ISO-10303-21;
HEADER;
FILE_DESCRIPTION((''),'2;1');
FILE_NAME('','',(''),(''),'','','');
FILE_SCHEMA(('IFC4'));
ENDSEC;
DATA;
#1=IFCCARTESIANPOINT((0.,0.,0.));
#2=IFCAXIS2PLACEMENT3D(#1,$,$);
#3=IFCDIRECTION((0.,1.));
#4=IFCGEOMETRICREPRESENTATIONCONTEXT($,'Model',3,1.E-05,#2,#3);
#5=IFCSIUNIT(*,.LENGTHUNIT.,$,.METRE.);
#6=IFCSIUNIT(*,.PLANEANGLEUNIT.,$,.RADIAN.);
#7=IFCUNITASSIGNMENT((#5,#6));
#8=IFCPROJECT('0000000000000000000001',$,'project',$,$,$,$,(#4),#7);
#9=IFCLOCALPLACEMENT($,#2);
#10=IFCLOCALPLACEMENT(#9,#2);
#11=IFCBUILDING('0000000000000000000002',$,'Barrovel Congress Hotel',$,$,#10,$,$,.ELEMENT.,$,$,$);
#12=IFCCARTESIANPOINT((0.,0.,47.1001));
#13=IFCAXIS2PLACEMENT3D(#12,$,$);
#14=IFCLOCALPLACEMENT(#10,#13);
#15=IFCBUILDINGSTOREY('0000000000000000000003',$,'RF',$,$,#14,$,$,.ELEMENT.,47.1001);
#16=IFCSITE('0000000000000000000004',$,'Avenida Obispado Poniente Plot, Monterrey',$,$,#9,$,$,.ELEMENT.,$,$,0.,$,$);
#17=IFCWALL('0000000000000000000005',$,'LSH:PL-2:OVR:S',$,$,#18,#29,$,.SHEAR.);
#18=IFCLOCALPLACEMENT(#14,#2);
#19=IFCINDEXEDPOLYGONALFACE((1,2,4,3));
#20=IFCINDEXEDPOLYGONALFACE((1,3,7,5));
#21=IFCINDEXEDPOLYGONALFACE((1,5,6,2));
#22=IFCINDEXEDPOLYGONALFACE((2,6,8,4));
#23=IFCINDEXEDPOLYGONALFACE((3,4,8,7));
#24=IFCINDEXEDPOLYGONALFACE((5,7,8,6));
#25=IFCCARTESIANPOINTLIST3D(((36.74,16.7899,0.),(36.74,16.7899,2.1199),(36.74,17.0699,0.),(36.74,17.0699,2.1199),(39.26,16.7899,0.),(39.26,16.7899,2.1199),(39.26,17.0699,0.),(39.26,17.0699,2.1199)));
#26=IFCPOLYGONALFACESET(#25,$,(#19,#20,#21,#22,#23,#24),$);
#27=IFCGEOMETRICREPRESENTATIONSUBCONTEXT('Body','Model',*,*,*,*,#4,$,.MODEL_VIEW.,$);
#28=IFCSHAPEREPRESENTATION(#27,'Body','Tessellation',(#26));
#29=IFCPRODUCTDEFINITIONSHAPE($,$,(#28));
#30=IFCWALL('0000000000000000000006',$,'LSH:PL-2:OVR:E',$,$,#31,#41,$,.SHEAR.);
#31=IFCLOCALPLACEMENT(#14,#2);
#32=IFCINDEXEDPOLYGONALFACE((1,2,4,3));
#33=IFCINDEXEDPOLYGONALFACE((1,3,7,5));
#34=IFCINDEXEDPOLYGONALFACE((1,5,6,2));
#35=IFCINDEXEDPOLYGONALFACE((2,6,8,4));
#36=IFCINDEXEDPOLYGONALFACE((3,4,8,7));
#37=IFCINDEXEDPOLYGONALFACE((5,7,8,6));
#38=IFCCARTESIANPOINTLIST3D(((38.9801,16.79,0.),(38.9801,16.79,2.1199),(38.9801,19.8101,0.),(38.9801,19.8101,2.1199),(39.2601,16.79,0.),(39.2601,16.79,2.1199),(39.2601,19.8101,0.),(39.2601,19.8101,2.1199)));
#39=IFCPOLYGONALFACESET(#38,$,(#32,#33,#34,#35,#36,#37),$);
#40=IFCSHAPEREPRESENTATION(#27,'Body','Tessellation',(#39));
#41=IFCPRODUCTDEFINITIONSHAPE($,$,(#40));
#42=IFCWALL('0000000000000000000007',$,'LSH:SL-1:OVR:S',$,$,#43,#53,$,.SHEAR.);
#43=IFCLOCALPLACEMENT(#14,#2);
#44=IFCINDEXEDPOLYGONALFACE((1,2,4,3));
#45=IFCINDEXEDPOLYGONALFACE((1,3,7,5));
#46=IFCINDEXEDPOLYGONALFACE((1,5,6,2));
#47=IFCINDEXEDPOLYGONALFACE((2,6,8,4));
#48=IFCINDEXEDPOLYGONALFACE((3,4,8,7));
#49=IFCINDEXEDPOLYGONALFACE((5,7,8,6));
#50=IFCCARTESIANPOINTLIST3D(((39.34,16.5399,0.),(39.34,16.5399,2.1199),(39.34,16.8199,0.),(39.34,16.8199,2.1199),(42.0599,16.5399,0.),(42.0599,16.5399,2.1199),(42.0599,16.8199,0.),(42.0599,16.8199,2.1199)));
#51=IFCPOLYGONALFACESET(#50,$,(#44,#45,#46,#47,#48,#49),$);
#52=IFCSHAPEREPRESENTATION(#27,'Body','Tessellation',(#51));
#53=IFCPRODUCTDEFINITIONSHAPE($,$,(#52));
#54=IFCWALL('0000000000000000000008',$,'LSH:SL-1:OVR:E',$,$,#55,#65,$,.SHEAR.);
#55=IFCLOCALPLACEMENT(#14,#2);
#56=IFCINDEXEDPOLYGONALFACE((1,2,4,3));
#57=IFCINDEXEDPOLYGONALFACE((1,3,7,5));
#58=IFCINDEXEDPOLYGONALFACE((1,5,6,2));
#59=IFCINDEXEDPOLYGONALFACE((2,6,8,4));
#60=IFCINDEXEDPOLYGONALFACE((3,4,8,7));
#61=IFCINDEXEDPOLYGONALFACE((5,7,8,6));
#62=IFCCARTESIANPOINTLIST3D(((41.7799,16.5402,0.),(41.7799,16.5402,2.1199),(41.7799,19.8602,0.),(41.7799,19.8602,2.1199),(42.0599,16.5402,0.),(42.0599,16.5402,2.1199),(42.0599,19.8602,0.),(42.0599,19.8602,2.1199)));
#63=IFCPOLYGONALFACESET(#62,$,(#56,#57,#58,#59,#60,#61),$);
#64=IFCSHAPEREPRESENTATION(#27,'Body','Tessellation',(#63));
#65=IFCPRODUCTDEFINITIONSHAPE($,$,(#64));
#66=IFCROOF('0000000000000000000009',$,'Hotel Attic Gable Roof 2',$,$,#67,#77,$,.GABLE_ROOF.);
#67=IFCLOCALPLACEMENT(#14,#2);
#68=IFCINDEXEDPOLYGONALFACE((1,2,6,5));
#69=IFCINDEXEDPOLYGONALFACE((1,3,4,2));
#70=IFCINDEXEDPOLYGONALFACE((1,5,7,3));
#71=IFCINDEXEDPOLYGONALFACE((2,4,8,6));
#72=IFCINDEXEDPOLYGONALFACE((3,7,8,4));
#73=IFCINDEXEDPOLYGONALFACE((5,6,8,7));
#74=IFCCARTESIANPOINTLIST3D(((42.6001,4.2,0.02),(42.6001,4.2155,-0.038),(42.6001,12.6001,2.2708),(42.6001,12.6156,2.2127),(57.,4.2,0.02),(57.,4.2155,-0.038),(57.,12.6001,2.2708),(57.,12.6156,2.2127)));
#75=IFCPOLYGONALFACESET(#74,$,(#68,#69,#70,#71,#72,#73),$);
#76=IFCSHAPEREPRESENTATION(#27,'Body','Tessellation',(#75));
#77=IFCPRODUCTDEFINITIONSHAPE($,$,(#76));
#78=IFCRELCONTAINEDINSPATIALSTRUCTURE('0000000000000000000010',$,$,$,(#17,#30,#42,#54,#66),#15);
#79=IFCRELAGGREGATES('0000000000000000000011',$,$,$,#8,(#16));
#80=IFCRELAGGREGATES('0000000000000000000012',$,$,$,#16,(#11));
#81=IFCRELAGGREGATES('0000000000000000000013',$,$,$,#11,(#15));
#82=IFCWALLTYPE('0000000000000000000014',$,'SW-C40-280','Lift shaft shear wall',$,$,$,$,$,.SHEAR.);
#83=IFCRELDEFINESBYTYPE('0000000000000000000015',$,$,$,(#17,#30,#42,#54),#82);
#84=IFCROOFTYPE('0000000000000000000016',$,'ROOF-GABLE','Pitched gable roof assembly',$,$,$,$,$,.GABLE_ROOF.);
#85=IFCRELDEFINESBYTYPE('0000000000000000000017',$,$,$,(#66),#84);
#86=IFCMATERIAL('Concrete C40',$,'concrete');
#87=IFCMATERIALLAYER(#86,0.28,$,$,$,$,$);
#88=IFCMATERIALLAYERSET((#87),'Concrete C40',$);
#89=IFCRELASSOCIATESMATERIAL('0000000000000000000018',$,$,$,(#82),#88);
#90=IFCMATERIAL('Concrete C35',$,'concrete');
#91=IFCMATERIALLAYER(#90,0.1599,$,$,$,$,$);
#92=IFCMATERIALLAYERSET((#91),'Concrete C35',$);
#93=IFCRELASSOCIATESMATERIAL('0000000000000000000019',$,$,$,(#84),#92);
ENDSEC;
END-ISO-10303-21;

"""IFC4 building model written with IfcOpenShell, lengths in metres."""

from ifc_helpers import new_model, si_unit, direction, frame, frame_2d, origin, place, context, subcontext, project, spatial, polyline, rectangle, outline, extrude, material, layer, layer_set, type_object, element, save


model = new_model("IFC4")

# Units and contexts
model_context = context("Model", 3, precision=1e-05, world=origin(), true_north=direction((0.0, 1.0)))
body_context = subcontext(model_context, "Body", "Model", "MODEL_VIEW")
ifc_project = project(units=[si_unit("LENGTHUNIT", "METRE"), si_unit("PLANEANGLEUNIT", "RADIAN")], contexts=[model_context])

# Site, building, storey
site_placement = place(None, origin())
site = spatial("IfcSite", under=ifc_project, at=site_placement, Name="Avenida Obispado Poniente Plot, Monterrey", CompositionType="ELEMENT", RefElevation=0.0)
building_placement = place(site_placement, origin())
building = spatial("IfcBuilding", under=site, at=building_placement, Name="Barrovel Congress Hotel", CompositionType="ELEMENT")
storey_placement = place(building_placement, frame((0.0, 0.0, 47.1001)))
storey = spatial("IfcBuildingStorey", under=building, at=storey_placement, Name="RF", CompositionType="ELEMENT", Elevation=47.1001)

# Shared definitions
ifc_material_1 = material(Name="Concrete C40", Category="concrete")

# Shared definitions
ifc_material_2 = material(Name="Concrete C35", Category="concrete")

# Walls
ifc_layer_1 = layer(ifc_material_1, 0.28)
ifc_layer_set_1 = layer_set([ifc_layer_1], Name="Concrete C40")
wall_type = type_object("IfcWallType", Name="SW-C40-280", Description="Lift shaft shear wall", PredefinedType="SHEAR", material=ifc_layer_set_1)
wall_1_placement = place(storey_placement, frame((36.74, 16.9299, 0.0), z_axis=(0.0, 0.0, 1.0), x_axis=(1.0, 0.0, 0.0)))
element("IfcWall", 1, at=wall_1_placement, inside=storey, type_object=wall_type, Name="LSH:PL-2:OVR:S", PredefinedType="SHEAR", context=body_context, shape_type="SweptSolid", body=[
    extrude(rectangle(XDim=2.52, YDim=0.28, at=frame_2d((1.26, 0.0))), origin(), (0.0, 0.0, 1.0), 2.1199),
])
wall_2_placement = place(storey_placement, frame((39.1201, 16.79, 0.0), z_axis=(0.0, 0.0, 1.0), x_axis=(0.0, 1.0, 0.0)))
element("IfcWall", 2, at=wall_2_placement, inside=storey, type_object=wall_type, Name="LSH:PL-2:OVR:E", PredefinedType="SHEAR", context=body_context, shape_type="SweptSolid", body=[
    extrude(rectangle(XDim=3.02, YDim=0.28, at=frame_2d((1.51, 0.0))), origin(), (0.0, 0.0, 1.0), 2.1199),
])
wall_3_placement = place(storey_placement, frame((39.3401, 16.6799, 0.0), z_axis=(0.0, 0.0, 1.0), x_axis=(1.0, 0.0, 0.0)))
element("IfcWall", 3, at=wall_3_placement, inside=storey, type_object=wall_type, Name="LSH:SL-1:OVR:S", PredefinedType="SHEAR", context=body_context, shape_type="SweptSolid", body=[
    extrude(rectangle(XDim=2.72, YDim=0.28, at=frame_2d((1.3599, 0.0))), origin(), (0.0, 0.0, 1.0), 2.1199),
])
wall_4_placement = place(storey_placement, frame((41.9199, 16.54, 0.0), z_axis=(0.0, 0.0, 1.0), x_axis=(0.0, 1.0, 0.0)))
element("IfcWall", 4, at=wall_4_placement, inside=storey, type_object=wall_type, Name="LSH:SL-1:OVR:E", PredefinedType="SHEAR", context=body_context, shape_type="SweptSolid", body=[
    extrude(rectangle(XDim=3.3201, YDim=0.28, at=frame_2d((1.6602, 0.0))), origin(), (0.0, 0.0, 1.0), 2.1199),
])

# Roof
ifc_layer_2 = layer(ifc_material_2, 0.1599)
ifc_layer_set_2 = layer_set([ifc_layer_2], Name="Concrete C35")
roof_type = type_object("IfcRoofType", Name="ROOF-GABLE", Description="Pitched gable roof assembly", PredefinedType="GABLE_ROOF", material=ifc_layer_set_2)
roof_placement = place(storey_placement, frame((42.6001, 4.2, 0.02), z_axis=(0.0, -0.25881, 0.965928), x_axis=(1.0, 0.0, 0.0)))
element("IfcRoof", 5, at=roof_placement, inside=storey, type_object=roof_type, Name="Hotel Attic Gable Roof 2", PredefinedType="GABLE_ROOF", context=body_context, shape_type="SweptSolid", body=[
    extrude(outline(polyline([(0.0, 0.0), (14.3999, 0.0), (14.3999, 8.6965), (0.0, 8.6965), (0.0, 0.0)])), origin(), (0.0, 0.0, -1.0), 0.0601),
])

save(model, "model.ifc")
